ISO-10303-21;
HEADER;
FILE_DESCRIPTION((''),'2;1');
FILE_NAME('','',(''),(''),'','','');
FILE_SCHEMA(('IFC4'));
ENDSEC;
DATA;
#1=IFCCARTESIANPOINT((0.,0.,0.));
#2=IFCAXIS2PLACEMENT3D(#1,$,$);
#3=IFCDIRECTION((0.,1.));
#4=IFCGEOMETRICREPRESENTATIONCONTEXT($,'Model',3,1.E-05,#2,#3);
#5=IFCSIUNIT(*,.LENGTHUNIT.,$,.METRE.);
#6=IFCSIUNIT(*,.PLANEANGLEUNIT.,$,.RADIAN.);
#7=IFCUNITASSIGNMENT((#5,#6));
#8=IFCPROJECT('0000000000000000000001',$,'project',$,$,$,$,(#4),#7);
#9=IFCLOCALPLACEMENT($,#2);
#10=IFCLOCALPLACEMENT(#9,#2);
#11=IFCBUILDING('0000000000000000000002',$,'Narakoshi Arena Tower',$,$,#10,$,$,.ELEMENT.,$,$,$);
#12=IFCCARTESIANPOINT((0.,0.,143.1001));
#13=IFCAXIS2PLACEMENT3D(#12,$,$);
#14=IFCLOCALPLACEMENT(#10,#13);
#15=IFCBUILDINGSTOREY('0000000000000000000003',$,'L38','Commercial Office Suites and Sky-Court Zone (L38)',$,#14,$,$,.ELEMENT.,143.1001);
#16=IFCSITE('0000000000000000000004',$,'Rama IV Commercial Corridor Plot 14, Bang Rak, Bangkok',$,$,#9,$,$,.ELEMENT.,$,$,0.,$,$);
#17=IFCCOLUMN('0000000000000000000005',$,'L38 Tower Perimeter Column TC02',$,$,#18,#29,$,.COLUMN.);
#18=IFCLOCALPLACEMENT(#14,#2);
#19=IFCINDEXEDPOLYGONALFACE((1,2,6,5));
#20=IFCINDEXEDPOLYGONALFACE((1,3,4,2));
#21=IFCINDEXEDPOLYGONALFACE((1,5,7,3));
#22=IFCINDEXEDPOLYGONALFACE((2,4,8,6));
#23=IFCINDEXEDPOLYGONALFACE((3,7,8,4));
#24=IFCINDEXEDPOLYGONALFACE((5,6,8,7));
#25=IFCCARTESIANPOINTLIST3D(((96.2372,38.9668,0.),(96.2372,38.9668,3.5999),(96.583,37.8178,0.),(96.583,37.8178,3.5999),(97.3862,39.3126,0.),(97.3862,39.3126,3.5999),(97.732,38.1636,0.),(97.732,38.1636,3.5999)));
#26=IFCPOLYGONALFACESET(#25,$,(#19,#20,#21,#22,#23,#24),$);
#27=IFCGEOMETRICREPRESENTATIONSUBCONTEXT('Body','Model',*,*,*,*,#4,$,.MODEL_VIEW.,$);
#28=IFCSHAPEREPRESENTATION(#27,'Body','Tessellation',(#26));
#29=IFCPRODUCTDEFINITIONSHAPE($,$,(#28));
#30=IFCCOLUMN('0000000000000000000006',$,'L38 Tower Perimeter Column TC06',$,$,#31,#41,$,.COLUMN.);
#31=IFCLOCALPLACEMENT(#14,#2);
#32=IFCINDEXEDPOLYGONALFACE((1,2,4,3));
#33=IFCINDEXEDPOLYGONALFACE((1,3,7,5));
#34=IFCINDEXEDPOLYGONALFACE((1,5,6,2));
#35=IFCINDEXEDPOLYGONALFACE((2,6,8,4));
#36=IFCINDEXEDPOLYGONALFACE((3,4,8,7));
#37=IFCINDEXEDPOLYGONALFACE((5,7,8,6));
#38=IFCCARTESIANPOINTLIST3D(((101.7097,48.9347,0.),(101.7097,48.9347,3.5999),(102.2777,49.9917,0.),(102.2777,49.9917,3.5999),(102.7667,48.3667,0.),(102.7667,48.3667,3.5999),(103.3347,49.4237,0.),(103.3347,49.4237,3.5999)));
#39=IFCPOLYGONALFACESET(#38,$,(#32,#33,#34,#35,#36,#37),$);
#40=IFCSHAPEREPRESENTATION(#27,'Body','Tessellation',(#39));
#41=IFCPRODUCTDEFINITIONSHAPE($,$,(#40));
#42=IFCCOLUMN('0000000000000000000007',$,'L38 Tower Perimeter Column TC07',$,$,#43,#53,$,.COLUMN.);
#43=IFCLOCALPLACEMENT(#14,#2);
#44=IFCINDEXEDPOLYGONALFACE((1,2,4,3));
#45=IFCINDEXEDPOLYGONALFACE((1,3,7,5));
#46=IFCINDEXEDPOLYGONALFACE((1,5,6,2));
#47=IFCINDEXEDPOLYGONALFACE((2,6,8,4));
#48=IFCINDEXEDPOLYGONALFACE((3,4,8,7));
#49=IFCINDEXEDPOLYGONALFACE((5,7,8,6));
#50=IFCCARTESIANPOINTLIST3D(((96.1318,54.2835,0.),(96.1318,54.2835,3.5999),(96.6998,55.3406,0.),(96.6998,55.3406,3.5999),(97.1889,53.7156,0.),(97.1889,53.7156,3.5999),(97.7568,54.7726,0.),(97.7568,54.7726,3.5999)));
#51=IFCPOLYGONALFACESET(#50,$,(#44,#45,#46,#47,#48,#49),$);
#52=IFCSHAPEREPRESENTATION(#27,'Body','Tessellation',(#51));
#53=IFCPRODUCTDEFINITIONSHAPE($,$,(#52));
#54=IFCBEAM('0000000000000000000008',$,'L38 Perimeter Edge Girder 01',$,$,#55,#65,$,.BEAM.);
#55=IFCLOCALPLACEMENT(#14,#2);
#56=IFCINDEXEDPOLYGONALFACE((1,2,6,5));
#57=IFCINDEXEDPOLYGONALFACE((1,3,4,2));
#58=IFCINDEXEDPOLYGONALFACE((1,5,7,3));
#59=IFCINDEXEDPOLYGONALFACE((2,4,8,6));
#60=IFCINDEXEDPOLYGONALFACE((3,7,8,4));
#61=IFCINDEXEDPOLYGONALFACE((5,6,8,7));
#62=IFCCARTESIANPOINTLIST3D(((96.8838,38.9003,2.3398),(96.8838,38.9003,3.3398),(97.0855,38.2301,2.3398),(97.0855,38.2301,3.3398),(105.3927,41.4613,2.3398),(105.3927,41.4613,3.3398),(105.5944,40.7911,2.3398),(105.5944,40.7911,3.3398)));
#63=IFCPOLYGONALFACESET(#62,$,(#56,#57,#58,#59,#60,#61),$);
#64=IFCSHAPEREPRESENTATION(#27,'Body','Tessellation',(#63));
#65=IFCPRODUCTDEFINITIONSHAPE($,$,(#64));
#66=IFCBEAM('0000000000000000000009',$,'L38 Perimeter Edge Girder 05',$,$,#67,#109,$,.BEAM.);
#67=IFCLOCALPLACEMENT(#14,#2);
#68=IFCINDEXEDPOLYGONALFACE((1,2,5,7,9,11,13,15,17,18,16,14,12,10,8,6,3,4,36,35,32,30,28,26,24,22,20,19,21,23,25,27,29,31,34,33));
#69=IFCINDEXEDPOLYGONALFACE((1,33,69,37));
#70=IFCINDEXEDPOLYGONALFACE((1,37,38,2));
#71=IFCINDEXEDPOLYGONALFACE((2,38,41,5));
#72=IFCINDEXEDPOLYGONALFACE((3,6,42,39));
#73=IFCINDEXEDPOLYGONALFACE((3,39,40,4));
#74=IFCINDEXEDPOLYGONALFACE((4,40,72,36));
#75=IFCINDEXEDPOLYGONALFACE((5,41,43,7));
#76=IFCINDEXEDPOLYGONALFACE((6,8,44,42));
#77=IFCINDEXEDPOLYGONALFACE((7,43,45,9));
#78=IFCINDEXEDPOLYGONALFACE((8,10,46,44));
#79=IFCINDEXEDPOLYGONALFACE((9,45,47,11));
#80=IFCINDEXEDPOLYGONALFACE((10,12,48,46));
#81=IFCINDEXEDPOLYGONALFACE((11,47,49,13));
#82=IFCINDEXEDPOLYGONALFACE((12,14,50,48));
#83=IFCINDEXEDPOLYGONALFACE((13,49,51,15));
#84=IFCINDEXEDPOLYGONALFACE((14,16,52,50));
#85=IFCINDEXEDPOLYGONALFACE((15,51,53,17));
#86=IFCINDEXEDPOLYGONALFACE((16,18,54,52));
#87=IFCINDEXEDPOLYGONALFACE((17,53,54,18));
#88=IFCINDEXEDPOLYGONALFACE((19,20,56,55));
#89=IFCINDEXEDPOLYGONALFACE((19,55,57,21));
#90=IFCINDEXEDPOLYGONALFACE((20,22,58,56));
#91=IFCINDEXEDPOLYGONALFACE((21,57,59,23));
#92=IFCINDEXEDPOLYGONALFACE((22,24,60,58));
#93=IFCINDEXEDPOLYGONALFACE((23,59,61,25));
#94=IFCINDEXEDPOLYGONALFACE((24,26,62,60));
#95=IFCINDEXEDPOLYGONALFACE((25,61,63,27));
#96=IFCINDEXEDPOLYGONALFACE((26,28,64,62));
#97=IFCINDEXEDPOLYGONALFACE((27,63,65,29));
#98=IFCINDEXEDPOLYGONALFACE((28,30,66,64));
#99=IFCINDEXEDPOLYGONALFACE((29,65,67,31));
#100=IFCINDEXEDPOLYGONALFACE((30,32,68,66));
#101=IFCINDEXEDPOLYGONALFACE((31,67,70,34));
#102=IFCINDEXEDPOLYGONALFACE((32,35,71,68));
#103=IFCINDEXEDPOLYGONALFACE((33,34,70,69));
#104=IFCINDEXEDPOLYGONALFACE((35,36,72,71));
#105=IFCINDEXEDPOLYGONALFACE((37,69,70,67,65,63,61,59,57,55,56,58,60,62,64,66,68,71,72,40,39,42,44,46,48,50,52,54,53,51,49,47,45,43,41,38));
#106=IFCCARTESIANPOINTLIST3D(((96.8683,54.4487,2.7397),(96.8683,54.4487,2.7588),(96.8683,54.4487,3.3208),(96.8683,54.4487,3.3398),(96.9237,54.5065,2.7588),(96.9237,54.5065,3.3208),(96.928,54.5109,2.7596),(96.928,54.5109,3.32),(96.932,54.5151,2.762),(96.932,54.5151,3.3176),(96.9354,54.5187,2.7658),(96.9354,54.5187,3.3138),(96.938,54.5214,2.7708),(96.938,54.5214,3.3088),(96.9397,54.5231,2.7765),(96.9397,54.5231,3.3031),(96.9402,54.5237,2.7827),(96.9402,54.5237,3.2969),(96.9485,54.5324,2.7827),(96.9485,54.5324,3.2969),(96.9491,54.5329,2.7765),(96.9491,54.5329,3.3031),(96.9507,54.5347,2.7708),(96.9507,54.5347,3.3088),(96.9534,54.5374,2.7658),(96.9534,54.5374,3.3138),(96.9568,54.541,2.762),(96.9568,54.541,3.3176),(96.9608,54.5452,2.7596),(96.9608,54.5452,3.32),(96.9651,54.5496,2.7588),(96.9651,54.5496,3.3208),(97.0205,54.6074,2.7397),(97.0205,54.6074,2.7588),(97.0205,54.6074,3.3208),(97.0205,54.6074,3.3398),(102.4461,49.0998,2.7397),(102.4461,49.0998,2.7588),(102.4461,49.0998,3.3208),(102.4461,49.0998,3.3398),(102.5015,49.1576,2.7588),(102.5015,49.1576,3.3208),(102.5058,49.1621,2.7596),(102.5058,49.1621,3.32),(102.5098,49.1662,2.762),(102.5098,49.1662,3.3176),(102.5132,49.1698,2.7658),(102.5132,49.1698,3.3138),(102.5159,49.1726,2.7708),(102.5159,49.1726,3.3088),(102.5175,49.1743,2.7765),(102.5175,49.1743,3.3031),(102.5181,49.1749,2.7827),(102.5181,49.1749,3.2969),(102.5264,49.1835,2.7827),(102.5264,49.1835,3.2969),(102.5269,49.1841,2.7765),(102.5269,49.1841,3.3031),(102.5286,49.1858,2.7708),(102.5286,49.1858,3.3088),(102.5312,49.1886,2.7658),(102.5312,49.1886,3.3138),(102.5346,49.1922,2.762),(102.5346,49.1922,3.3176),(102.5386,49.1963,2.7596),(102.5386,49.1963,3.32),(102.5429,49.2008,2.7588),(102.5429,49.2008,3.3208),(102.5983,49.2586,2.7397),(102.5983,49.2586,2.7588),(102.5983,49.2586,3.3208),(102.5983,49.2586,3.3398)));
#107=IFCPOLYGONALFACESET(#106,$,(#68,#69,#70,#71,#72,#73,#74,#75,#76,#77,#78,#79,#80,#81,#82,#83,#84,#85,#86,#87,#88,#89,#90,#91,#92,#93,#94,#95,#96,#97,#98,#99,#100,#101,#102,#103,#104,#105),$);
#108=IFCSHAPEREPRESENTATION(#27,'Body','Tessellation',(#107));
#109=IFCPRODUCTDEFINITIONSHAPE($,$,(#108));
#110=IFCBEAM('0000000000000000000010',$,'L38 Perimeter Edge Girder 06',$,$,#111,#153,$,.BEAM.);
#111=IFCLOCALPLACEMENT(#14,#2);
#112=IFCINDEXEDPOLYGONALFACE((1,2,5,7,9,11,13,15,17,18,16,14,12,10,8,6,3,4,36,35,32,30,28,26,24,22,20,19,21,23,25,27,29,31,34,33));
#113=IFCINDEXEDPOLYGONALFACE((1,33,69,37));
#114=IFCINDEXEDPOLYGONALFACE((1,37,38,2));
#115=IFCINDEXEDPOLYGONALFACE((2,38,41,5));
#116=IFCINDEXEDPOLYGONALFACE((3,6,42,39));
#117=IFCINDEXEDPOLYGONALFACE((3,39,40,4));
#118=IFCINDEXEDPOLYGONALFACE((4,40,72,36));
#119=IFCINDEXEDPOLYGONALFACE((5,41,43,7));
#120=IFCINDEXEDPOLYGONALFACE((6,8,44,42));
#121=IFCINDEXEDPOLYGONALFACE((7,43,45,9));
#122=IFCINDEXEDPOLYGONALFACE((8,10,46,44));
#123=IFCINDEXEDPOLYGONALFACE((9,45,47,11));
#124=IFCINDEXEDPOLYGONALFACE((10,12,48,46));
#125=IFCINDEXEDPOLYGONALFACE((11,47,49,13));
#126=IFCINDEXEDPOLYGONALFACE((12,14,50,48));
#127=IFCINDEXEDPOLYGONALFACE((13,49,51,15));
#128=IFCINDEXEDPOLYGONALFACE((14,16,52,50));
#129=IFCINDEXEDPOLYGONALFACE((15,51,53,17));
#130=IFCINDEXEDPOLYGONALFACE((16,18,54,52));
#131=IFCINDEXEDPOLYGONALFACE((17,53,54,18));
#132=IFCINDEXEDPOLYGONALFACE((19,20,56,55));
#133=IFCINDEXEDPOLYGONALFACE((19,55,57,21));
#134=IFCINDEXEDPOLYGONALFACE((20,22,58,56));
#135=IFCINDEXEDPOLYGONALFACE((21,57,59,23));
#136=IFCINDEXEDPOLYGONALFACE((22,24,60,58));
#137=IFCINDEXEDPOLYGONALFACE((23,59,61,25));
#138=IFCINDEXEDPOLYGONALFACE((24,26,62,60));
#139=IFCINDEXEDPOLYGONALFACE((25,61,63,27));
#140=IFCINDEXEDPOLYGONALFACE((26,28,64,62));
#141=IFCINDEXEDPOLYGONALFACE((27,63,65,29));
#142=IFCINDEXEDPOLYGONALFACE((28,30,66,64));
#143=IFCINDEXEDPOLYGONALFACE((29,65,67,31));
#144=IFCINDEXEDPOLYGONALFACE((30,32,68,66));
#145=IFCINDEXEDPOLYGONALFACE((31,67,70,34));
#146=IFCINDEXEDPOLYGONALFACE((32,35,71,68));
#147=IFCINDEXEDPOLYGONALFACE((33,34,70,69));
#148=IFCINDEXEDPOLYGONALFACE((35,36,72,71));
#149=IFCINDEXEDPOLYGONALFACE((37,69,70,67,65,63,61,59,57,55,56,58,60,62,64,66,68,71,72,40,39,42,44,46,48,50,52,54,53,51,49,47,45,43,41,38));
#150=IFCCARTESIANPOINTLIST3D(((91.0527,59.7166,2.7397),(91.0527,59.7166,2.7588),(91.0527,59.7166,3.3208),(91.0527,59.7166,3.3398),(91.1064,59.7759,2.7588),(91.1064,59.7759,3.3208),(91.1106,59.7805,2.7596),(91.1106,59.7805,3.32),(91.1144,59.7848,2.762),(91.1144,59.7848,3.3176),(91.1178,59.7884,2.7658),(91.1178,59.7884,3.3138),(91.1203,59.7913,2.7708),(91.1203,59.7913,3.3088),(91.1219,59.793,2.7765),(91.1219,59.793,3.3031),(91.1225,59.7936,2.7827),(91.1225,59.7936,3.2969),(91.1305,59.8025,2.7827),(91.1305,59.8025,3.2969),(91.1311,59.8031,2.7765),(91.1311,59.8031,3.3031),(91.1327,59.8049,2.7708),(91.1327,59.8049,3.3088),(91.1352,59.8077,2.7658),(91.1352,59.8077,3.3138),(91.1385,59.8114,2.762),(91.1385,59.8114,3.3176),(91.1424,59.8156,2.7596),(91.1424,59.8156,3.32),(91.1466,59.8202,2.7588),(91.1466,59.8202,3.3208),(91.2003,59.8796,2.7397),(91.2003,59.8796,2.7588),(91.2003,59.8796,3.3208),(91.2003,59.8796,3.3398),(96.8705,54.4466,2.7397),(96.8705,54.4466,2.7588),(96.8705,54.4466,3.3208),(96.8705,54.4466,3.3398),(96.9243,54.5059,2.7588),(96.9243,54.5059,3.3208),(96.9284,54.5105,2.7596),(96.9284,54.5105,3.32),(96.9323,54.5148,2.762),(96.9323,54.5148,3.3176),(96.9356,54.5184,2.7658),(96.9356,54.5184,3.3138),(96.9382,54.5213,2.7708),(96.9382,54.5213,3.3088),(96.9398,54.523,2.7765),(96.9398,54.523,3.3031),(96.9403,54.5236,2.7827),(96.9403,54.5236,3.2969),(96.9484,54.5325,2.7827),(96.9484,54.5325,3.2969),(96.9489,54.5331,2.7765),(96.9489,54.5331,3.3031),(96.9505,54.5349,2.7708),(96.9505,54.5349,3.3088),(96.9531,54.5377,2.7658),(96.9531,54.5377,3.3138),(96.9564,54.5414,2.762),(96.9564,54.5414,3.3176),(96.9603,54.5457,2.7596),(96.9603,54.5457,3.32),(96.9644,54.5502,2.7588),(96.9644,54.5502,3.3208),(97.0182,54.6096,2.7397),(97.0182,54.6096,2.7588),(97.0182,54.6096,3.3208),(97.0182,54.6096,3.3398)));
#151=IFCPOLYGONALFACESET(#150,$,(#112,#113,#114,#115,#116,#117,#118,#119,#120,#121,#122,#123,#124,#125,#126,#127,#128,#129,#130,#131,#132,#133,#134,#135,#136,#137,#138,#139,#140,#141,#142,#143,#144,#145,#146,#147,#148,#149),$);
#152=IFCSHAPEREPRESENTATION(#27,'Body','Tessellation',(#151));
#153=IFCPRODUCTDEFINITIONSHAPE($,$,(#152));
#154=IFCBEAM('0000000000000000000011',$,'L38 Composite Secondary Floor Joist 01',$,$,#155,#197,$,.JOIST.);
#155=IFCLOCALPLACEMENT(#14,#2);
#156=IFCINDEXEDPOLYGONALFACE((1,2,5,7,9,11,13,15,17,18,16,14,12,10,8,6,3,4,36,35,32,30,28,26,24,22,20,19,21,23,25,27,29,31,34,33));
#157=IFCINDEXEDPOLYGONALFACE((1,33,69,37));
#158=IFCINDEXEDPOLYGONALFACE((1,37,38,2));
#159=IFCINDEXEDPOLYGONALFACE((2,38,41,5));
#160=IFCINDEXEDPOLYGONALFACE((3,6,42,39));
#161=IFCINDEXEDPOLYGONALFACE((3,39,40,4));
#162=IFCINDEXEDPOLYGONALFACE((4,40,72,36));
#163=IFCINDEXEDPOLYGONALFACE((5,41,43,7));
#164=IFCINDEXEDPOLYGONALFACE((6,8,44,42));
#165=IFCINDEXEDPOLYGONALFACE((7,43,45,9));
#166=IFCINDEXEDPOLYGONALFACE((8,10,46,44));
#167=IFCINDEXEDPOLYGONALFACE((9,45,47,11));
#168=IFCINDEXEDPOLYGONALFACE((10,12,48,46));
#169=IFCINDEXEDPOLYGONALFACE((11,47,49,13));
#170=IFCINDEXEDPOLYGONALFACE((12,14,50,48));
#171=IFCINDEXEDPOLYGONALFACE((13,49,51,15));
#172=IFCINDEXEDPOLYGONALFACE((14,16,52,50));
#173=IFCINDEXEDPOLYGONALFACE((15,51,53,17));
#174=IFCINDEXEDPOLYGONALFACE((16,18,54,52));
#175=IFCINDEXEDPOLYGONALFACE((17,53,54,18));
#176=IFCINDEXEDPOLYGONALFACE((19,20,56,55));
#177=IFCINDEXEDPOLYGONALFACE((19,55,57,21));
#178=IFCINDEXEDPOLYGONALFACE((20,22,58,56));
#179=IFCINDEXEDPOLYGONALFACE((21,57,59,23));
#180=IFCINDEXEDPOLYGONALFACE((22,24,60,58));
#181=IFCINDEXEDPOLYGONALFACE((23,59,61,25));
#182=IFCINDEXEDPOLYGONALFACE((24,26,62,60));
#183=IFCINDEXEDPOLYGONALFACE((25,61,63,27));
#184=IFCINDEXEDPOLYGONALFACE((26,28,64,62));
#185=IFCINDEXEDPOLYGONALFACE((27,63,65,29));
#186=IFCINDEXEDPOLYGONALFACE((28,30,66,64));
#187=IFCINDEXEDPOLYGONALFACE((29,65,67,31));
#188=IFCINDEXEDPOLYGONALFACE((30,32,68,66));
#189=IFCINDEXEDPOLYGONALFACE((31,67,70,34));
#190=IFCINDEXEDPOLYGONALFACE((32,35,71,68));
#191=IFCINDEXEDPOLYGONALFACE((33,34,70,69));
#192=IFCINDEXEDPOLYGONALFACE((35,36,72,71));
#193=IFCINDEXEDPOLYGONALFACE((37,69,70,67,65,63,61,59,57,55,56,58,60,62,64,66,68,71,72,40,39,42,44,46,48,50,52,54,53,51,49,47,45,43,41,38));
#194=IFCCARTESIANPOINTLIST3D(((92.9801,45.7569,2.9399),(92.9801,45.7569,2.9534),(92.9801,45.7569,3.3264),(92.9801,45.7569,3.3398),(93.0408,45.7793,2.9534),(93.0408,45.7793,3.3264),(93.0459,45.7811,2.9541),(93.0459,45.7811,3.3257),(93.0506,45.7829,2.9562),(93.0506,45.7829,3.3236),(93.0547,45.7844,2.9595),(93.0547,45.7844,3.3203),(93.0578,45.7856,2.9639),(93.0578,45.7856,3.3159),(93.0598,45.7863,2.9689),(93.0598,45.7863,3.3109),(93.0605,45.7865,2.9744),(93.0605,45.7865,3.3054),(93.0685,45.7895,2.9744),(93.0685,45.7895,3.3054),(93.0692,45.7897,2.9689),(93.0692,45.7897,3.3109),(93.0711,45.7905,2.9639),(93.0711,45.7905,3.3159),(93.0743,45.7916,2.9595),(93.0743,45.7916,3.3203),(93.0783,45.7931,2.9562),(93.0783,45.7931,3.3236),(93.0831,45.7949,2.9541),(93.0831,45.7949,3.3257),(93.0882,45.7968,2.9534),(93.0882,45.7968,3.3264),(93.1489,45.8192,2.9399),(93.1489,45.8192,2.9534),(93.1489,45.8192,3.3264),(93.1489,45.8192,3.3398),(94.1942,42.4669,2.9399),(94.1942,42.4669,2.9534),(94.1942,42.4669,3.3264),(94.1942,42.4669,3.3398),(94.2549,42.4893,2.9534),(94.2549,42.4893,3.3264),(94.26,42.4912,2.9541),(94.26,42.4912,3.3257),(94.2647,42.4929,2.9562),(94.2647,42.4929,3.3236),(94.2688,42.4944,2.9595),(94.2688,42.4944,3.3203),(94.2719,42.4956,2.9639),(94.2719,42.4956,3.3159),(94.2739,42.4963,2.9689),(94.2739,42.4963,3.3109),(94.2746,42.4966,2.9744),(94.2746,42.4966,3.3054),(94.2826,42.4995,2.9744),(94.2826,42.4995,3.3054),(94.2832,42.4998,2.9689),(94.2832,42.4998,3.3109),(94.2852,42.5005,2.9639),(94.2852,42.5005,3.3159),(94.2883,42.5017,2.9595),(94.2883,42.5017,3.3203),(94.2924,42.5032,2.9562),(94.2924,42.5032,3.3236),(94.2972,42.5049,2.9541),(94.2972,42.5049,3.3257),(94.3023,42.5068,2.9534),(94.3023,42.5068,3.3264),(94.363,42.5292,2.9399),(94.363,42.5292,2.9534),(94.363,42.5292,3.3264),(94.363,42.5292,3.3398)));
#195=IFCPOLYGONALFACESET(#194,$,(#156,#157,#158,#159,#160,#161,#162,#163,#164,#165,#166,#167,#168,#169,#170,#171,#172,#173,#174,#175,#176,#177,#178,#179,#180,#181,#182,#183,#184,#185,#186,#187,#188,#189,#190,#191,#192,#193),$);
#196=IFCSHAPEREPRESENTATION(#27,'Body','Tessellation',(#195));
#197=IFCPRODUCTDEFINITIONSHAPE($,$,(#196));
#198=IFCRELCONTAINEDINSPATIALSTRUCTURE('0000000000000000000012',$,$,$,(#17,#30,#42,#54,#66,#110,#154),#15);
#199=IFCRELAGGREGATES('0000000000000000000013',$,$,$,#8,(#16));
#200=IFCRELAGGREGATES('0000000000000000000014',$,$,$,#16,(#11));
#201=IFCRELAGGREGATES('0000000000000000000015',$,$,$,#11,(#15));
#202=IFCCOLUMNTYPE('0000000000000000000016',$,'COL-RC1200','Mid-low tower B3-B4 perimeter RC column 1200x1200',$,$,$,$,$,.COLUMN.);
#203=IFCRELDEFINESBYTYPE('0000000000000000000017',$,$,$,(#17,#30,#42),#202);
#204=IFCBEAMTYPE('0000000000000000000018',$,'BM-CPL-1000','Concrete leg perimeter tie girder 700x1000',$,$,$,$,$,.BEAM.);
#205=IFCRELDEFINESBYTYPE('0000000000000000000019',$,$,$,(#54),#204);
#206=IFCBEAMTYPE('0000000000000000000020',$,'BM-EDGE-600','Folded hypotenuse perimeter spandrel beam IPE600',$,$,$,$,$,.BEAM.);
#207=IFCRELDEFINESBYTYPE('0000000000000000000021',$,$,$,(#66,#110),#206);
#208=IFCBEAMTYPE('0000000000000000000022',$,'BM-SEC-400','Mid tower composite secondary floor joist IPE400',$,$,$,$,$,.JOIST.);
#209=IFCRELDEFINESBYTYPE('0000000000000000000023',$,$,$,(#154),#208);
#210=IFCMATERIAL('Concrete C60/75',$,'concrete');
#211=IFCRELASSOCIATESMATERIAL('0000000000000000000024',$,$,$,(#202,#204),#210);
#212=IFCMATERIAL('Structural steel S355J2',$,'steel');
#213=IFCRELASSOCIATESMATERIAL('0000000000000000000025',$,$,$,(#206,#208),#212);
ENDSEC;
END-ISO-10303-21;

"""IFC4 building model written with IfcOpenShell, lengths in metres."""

from ifc_helpers import new_model, si_unit, direction, frame, origin, origin_2d, place, context, subcontext, project, spatial, rectangle, i_section, extrude, material, material_profile, profile_set, type_object, element, save


model = new_model("IFC4")

# Units and contexts
model_context = context("Model", 3, precision=1e-05, world=origin(), true_north=direction((0.0, 1.0)))
body_context = subcontext(model_context, "Body", "Model", "MODEL_VIEW")
ifc_project = project(units=[si_unit("LENGTHUNIT", "METRE"), si_unit("PLANEANGLEUNIT", "RADIAN")], contexts=[model_context])

# Site, building, storey
site_placement = place(None, origin())
site = spatial("IfcSite", under=ifc_project, at=site_placement, Name="Rama IV Commercial Corridor Plot 14, Bang Rak, Bangkok", CompositionType="ELEMENT", RefElevation=0.0)
building_placement = place(site_placement, origin())
building = spatial("IfcBuilding", under=site, at=building_placement, Name="Narakoshi Arena Tower", CompositionType="ELEMENT")
storey_placement = place(building_placement, frame((0.0, 0.0, 143.1001)))
storey = spatial("IfcBuildingStorey", under=building, at=storey_placement, Name="L38", Description="Commercial Office Suites and Sky-Court Zone (L38)", CompositionType="ELEMENT", Elevation=143.1001)

# Columns
ifc_material_1 = material(Name="Concrete C60/75", Category="concrete")
ifc_material_profile_1 = material_profile(ifc_material_1, rectangle(XDim=1.2, YDim=1.2, at=origin_2d()), Name="RC1200x1200")
ifc_profile_set_1 = profile_set([ifc_material_profile_1], Name="Concrete C60/75")
column_type = type_object("IfcColumnType", Name="COL-RC1200", Description="Mid-low tower B3-B4 perimeter RC column 1200x1200", PredefinedType="COLUMN", material=ifc_profile_set_1)
for number, where, z_axis, x_axis, name in (
    (1, (96.9846, 38.5652, 0.0), (0.0, 0.0, 1.0), (0.957571, 0.288196, 0.0), "L38 Tower Perimeter Column TC02"),
    (2, (102.5222, 49.1792, 0.0), (0.0, 0.0, 1.0), (0.47332, 0.880891, 0.0), "L38 Tower Perimeter Column TC06"),
    (3, (96.9443, 54.5281, 0.0), (0.0, 0.0, 1.0), (0.47332, 0.880891, 0.0), "L38 Tower Perimeter Column TC07"),
):
    element("IfcColumn", number, at=place(storey_placement, frame(where, z_axis=z_axis, x_axis=x_axis)), inside=storey, type_object=column_type, Name=name, PredefinedType="COLUMN", context=body_context, shape_type="SweptSolid", body=[
        extrude(rectangle(XDim=1.2, YDim=1.2, at=origin_2d()), origin(), (0.0, 0.0, 1.0), 3.5999),
    ])

# Beams
ifc_material_profile_2 = material_profile(ifc_material_1, rectangle(XDim=0.7, YDim=1.0, at=origin_2d()), Name="RCB700x1000")
ifc_profile_set_2 = profile_set([ifc_material_profile_2], Name="Concrete C60/75")
beam_type_1 = type_object("IfcBeamType", Name="BM-CPL-1000", Description="Concrete leg perimeter tie girder 700x1000", PredefinedType="BEAM", material=ifc_profile_set_2)
beam_1_placement = place(storey_placement, frame((96.9846, 38.5652, 2.8398), z_axis=(0.957568, 0.288207, 0.0), x_axis=(-0.288207, 0.957568, 0.0)))
element("IfcBeam", 4, at=beam_1_placement, inside=storey, type_object=beam_type_1, Name="L38 Perimeter Edge Girder 01", PredefinedType="BEAM", context=body_context, shape_type="SweptSolid", body=[
    extrude(rectangle(XDim=0.7, YDim=1.0, at=origin_2d()), origin(), (0.0, 0.0, 1.0), 8.886),
])
ifc_material_2 = material(Name="Structural steel S355J2", Category="steel")
ifc_material_profile_3 = material_profile(ifc_material_2, i_section(OverallWidth=0.22, OverallDepth=0.6001, WebThickness=0.012, FlangeThickness=0.019, FilletRadius=0.0239, at=origin_2d()), Name="IPE600")
ifc_profile_set_3 = profile_set([ifc_material_profile_3], Name="Structural steel S355J2")
beam_type_2 = type_object("IfcBeamType", Name="BM-EDGE-600", Description="Folded hypotenuse perimeter spandrel beam IPE600", PredefinedType="BEAM", material=ifc_profile_set_3)
beam_2_placement = place(storey_placement, frame((102.5222, 49.1792, 3.0398), z_axis=(-0.721768, 0.692135, 0.0), x_axis=(-0.692135, -0.721768, 0.0)))
element("IfcBeam", 5, at=beam_2_placement, inside=storey, type_object=beam_type_2, Name="L38 Perimeter Edge Girder 05", PredefinedType="BEAM", context=body_context, shape_type="SweptSolid", body=[
    extrude(i_section(OverallWidth=0.22, OverallDepth=0.6001, WebThickness=0.012, FlangeThickness=0.019, FilletRadius=0.0239, at=origin_2d()), origin(), (0.0, 0.0, 1.0), 7.728),
])
beam_3_placement = place(storey_placement, frame((96.9443, 54.5281, 3.0398), z_axis=(-0.741141, 0.67135, 0.0), x_axis=(-0.67135, -0.741141, 0.0)))
element("IfcBeam", 6, at=beam_3_placement, inside=storey, type_object=beam_type_2, Name="L38 Perimeter Edge Girder 06", PredefinedType="BEAM", context=body_context, shape_type="SweptSolid", body=[
    extrude(i_section(OverallWidth=0.22, OverallDepth=0.6001, WebThickness=0.012, FlangeThickness=0.019, FilletRadius=0.0239, at=origin_2d()), origin(), (0.0, 0.0, 1.0), 7.8499),
])
ifc_material_profile_4 = material_profile(ifc_material_2, i_section(OverallWidth=0.1799, OverallDepth=0.3999, WebThickness=0.0085, FlangeThickness=0.0134, FilletRadius=0.021, at=origin_2d()), Name="IPE400")
ifc_profile_set_4 = profile_set([ifc_material_profile_4], Name="Structural steel S355J2")
beam_type_3 = type_object("IfcBeamType", Name="BM-SEC-400", Description="Mid tower composite secondary floor joist IPE400", PredefinedType="JOIST", material=ifc_profile_set_4)
beam_4_placement = place(storey_placement, frame((94.2786, 42.498, 3.1399), z_axis=(-0.346205, 0.938159, 0.0), x_axis=(-0.938159, -0.346205, 0.0)))
element("IfcBeam", 7, at=beam_4_placement, inside=storey, type_object=beam_type_3, Name="L38 Composite Secondary Floor Joist 01", PredefinedType="JOIST", context=body_context, shape_type="SweptSolid", body=[
    extrude(i_section(OverallWidth=0.1799, OverallDepth=0.3999, WebThickness=0.0085, FlangeThickness=0.0134, FilletRadius=0.021, at=origin_2d()), origin(), (0.0, 0.0, 1.0), 3.5068),
])

save(model, "model.ifc")
